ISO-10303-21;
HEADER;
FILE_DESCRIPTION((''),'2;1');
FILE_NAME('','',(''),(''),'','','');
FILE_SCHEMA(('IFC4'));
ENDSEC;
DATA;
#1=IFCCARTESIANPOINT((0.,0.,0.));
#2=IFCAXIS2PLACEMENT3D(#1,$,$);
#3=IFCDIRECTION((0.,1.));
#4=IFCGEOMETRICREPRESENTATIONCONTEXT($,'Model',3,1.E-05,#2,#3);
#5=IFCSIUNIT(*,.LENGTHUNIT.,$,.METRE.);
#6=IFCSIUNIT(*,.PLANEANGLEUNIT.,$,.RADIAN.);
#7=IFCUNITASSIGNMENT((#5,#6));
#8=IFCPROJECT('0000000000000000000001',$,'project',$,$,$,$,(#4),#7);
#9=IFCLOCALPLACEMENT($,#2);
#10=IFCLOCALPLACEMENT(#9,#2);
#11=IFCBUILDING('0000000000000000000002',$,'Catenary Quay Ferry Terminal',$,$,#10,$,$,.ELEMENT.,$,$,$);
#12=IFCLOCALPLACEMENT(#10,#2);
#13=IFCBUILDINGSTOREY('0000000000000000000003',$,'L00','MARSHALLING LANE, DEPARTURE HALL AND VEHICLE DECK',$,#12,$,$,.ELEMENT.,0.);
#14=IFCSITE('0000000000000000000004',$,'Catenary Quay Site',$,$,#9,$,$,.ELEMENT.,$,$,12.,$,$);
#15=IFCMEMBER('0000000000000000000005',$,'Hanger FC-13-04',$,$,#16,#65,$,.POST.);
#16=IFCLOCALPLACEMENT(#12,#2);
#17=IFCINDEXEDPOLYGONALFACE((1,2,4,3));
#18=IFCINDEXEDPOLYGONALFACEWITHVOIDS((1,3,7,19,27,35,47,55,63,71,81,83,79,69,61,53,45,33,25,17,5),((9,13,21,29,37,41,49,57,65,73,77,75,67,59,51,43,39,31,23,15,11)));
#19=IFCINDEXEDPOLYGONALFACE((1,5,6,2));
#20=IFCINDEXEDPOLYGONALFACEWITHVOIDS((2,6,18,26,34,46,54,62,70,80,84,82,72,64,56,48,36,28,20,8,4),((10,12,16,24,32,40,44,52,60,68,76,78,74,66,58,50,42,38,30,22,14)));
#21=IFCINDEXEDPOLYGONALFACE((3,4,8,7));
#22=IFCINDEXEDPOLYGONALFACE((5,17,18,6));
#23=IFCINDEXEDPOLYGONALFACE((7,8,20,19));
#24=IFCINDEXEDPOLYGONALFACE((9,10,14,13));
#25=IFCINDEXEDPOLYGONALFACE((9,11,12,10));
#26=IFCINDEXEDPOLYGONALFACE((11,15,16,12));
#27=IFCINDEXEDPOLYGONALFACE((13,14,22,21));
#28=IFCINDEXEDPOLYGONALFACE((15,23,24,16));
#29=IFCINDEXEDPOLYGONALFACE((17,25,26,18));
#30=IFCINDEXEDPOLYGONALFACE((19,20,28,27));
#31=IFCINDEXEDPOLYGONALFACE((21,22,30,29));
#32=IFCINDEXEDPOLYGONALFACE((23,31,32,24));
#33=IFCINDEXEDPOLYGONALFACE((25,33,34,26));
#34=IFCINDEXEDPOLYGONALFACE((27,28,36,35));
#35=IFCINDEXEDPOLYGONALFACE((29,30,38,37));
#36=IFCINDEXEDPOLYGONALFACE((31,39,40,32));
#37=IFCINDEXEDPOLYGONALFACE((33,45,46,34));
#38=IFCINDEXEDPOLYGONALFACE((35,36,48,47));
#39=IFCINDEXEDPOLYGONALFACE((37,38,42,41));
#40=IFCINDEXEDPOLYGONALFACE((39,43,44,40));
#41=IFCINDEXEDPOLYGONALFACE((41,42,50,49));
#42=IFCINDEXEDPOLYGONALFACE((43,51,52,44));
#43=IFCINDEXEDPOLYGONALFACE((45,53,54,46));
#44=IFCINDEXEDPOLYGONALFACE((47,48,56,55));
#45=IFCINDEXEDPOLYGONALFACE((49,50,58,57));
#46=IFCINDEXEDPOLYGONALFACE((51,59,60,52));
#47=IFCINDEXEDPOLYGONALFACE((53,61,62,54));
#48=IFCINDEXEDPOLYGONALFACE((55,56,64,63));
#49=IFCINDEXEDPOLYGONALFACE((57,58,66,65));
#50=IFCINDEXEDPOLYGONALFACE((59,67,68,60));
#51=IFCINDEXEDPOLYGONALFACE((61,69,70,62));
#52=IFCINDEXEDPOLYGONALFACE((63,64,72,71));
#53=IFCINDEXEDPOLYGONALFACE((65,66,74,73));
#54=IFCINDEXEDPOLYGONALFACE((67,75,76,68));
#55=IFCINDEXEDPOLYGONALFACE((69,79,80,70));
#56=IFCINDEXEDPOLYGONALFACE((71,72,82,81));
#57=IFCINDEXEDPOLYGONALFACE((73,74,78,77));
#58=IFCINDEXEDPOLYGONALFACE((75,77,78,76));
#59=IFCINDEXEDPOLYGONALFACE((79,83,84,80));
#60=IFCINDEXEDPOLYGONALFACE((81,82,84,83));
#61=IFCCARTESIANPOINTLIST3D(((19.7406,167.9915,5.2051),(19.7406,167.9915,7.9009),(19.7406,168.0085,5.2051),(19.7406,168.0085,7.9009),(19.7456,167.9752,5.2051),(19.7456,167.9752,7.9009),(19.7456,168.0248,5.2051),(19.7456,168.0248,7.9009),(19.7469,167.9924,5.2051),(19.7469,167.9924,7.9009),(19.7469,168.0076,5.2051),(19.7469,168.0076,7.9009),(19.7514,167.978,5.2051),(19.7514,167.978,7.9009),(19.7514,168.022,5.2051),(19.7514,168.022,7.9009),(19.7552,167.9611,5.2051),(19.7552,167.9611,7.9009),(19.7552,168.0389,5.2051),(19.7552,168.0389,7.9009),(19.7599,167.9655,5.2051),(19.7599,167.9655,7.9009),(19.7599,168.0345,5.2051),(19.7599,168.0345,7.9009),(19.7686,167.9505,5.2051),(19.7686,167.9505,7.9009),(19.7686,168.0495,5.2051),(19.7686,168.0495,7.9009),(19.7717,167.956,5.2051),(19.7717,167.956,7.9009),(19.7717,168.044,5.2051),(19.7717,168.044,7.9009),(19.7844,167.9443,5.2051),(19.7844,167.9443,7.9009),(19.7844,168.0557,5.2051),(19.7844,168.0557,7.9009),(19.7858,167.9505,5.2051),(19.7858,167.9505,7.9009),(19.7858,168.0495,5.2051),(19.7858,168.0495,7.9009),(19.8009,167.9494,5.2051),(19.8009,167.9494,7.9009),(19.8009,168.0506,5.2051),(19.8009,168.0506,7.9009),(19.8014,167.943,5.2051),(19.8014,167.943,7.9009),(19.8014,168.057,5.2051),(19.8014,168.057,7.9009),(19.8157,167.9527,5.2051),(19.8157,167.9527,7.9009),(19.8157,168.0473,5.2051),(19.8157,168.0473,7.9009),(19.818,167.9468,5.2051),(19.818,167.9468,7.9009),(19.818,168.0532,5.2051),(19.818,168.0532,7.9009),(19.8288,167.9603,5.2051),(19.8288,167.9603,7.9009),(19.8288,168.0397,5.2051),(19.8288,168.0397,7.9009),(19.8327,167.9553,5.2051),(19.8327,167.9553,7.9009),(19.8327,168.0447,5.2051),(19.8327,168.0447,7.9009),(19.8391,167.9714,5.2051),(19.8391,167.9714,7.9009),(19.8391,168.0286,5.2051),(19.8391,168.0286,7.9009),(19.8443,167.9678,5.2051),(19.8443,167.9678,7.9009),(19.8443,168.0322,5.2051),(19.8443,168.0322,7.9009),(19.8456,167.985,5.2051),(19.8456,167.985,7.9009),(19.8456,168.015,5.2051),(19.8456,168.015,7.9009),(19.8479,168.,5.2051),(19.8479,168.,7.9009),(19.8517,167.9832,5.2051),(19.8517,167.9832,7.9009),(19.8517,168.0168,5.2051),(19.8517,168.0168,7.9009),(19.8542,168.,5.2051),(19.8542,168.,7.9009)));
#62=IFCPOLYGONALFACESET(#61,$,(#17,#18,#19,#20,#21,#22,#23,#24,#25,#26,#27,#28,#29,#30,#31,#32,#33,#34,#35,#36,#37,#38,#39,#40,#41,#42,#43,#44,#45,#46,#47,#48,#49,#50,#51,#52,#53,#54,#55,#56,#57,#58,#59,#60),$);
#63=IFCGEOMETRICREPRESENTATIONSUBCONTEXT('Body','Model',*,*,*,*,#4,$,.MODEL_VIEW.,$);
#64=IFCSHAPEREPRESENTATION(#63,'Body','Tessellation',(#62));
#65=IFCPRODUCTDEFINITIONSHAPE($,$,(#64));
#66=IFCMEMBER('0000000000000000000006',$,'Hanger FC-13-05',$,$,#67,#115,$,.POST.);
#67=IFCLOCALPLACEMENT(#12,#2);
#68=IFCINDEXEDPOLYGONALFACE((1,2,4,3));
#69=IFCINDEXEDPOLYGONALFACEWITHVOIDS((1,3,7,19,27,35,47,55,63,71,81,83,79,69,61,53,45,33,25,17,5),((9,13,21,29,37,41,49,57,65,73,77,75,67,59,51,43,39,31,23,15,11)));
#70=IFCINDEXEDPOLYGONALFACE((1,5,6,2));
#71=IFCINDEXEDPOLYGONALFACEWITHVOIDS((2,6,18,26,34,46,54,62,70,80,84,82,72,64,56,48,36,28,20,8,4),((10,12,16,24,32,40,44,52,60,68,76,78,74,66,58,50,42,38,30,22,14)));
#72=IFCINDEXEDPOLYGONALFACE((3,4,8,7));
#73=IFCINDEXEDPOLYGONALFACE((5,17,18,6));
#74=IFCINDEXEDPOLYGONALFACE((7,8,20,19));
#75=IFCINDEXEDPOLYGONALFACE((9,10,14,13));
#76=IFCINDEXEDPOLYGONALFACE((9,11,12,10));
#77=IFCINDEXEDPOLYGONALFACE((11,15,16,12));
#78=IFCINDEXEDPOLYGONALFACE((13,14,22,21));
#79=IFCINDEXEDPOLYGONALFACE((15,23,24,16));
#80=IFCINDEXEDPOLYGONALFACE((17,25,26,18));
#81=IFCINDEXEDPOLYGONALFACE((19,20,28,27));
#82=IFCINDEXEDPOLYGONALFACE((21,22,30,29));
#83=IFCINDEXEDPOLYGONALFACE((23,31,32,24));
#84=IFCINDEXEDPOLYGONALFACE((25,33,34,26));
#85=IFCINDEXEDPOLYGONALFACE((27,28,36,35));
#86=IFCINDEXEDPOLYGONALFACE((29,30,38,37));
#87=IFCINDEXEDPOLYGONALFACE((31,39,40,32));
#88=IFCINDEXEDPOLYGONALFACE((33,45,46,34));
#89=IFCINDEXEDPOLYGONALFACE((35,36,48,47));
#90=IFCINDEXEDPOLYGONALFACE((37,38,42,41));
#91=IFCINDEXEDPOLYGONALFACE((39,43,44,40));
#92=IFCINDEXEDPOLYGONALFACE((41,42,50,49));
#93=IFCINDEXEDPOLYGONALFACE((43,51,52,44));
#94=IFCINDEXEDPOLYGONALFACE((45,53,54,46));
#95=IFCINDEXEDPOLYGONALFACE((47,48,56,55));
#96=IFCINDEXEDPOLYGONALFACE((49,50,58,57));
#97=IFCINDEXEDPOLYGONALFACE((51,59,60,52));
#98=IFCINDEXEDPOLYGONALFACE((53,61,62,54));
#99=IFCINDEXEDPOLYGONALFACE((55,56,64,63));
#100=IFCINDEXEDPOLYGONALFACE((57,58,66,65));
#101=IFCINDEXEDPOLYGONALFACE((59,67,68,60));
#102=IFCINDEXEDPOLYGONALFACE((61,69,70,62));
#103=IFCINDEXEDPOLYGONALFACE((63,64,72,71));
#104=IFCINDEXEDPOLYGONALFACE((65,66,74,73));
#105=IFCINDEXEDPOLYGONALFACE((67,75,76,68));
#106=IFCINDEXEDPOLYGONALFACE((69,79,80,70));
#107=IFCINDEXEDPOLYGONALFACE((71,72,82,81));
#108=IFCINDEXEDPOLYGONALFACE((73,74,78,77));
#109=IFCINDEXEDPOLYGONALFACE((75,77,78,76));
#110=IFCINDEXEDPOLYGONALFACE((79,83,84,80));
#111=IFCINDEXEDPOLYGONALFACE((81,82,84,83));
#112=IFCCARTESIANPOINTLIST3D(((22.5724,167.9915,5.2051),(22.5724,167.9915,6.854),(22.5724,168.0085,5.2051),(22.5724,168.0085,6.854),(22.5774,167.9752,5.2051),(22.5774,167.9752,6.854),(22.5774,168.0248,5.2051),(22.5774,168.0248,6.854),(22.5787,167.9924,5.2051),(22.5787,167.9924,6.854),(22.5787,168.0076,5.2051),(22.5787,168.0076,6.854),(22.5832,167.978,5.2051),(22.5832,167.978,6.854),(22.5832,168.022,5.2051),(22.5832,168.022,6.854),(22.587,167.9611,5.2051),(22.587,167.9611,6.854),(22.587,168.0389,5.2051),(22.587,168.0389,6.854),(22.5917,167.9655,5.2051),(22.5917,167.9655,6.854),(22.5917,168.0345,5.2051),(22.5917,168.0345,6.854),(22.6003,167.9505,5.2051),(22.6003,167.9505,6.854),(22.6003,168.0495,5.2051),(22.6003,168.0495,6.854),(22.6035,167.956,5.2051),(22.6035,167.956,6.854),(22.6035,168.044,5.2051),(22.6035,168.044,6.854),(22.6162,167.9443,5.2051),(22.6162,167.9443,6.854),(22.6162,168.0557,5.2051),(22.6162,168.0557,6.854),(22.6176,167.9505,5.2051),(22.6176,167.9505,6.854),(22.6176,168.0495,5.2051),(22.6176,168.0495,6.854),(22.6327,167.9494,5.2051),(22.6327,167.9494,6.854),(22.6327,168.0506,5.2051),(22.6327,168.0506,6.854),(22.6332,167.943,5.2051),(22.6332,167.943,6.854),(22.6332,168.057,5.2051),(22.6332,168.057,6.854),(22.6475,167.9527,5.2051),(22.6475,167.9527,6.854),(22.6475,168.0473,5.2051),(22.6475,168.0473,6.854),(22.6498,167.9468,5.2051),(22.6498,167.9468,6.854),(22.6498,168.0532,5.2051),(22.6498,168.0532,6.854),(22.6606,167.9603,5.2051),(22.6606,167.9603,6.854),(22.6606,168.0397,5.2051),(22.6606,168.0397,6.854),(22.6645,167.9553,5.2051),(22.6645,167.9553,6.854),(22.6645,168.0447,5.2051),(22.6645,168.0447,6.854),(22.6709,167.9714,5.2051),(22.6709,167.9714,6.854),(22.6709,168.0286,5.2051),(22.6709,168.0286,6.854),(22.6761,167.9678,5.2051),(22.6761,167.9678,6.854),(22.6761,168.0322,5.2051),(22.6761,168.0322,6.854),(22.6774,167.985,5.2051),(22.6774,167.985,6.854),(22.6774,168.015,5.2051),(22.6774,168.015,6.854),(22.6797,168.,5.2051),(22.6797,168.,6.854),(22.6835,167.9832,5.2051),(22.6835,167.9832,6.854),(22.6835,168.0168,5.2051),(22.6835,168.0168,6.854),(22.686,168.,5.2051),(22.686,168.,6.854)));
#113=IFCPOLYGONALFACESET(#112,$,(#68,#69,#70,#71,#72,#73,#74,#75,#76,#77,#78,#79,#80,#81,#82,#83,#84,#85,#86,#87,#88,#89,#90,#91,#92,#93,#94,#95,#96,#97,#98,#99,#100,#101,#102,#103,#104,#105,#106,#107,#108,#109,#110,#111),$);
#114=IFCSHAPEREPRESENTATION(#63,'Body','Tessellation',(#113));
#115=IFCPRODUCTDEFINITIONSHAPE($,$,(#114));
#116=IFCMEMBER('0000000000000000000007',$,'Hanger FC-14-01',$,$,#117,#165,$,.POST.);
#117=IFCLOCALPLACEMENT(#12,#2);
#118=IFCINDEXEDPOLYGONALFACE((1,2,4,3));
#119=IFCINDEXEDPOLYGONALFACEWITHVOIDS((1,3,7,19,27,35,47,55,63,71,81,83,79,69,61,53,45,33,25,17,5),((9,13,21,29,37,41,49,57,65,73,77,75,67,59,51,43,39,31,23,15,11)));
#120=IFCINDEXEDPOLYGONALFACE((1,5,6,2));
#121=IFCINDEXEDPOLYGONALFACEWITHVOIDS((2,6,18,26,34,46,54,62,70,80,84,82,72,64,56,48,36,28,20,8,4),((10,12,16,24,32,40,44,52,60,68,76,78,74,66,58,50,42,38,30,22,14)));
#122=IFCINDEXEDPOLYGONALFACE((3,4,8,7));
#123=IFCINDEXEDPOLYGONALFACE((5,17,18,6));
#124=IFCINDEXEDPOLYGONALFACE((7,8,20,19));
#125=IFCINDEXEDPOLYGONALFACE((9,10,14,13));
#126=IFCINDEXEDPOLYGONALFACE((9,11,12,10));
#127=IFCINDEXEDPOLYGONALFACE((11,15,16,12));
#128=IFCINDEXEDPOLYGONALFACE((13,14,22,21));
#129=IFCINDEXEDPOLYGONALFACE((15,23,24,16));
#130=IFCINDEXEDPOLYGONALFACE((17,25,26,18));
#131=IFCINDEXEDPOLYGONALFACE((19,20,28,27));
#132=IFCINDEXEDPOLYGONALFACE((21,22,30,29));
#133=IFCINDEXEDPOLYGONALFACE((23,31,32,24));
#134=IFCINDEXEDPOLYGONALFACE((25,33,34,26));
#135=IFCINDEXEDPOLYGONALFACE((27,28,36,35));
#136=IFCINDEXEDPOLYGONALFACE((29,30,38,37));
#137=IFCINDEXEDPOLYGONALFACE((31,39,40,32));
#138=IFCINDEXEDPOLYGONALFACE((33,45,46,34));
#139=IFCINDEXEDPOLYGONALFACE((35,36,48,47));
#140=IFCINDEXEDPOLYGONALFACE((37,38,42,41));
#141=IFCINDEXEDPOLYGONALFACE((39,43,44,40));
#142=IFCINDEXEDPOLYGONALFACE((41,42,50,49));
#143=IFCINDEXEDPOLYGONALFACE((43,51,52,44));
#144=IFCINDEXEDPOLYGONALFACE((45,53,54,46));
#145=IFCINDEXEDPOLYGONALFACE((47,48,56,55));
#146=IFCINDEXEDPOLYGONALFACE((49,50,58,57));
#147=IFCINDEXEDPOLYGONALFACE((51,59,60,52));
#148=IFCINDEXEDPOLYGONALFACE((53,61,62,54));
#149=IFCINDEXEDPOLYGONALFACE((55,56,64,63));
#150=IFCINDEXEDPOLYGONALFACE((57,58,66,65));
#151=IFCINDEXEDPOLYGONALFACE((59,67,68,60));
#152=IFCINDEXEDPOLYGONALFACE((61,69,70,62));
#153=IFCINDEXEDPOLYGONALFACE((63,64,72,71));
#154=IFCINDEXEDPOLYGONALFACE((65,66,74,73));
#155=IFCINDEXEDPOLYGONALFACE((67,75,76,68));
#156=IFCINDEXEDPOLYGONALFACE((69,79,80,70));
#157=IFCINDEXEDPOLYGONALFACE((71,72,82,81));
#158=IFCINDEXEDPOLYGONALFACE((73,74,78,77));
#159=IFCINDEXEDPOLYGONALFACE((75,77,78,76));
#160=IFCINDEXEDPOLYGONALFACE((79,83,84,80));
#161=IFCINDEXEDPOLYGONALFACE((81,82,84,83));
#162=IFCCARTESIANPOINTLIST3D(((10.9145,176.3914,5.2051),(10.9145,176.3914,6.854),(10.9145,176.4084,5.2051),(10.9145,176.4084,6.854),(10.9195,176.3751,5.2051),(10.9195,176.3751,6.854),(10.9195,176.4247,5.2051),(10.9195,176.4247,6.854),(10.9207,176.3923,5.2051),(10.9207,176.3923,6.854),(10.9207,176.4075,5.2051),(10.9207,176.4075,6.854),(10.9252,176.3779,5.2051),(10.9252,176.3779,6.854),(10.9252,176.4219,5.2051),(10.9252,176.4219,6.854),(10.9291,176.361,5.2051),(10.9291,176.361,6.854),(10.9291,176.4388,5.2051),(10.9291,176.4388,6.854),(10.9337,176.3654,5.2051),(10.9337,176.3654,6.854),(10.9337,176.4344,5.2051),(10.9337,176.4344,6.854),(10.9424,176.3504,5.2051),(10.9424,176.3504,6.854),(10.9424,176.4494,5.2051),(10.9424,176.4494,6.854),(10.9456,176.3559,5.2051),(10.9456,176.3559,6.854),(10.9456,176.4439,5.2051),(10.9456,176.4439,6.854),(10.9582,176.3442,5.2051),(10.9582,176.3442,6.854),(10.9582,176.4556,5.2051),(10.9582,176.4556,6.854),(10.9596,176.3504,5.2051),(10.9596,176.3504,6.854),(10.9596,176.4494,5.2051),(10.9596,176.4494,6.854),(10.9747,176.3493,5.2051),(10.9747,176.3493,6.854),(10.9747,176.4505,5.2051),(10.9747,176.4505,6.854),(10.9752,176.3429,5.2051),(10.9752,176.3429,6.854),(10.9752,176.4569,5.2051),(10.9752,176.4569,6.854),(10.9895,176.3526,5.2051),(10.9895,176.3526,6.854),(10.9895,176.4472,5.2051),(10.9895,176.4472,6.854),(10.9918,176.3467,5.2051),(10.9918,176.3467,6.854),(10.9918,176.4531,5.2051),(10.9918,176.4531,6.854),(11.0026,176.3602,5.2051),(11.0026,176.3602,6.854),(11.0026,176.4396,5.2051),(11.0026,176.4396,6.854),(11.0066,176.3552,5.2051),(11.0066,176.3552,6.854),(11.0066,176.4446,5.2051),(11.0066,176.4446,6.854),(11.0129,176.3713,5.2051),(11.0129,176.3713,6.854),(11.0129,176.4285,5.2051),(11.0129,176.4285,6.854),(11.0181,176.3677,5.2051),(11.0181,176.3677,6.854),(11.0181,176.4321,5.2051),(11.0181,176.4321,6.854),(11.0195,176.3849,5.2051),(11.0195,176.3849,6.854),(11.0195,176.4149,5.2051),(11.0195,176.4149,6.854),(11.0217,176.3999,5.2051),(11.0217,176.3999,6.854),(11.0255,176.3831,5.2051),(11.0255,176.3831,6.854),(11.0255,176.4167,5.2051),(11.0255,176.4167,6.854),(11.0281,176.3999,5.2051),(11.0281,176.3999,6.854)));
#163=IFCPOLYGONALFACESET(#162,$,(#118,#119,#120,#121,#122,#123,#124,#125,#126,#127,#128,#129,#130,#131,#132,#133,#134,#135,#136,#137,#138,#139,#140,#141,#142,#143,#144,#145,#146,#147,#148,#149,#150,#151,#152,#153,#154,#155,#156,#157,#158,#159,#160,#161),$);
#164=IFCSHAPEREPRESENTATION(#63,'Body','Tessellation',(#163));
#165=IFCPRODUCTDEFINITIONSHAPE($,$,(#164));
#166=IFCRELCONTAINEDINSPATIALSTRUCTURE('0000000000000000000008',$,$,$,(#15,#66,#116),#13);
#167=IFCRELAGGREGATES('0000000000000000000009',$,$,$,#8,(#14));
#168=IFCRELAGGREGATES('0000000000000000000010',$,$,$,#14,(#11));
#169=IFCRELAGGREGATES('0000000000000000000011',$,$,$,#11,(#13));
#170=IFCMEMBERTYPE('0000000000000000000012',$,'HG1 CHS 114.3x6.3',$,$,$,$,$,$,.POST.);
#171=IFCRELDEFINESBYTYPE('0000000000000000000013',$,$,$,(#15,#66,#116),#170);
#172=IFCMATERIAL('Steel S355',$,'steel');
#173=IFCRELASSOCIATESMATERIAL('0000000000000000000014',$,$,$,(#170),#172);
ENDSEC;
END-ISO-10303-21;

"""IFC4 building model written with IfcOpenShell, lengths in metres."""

from ifc_helpers import new_model, si_unit, direction, frame, origin, origin_2d, place, context, subcontext, project, spatial, hollow_circle, extrude, material, material_profile, profile_set, type_object, element, save


model = new_model("IFC4")

# Units and contexts
model_context = context("Model", 3, precision=1e-05, world=origin(), true_north=direction((0.0, 1.0)))
body_context = subcontext(model_context, "Body", "Model", "MODEL_VIEW")
ifc_project = project(units=[si_unit("LENGTHUNIT", "METRE"), si_unit("PLANEANGLEUNIT", "RADIAN")], contexts=[model_context])

# Site, building, storey
site_placement = place(None, origin())
site = spatial("IfcSite", under=ifc_project, at=site_placement, Name="Catenary Quay Site", CompositionType="ELEMENT", RefElevation=12.0)
building_placement = place(site_placement, origin())
building = spatial("IfcBuilding", under=site, at=building_placement, Name="Catenary Quay Ferry Terminal", CompositionType="ELEMENT")
storey_placement = place(building_placement, origin())
storey = spatial("IfcBuildingStorey", under=building, at=storey_placement, Name="L00", Description="MARSHALLING LANE, DEPARTURE HALL AND VEHICLE DECK", CompositionType="ELEMENT", Elevation=0.0)

# Members
ifc_material_1 = material(Name="Steel S355", Category="steel")
ifc_material_profile_1 = material_profile(ifc_material_1, hollow_circle(Radius=0.0571, WallThickness=0.0063, at=origin_2d()), Name="CHS 114.3x6.3")
ifc_profile_set_1 = profile_set([ifc_material_profile_1], Name="Steel S355")
member_type_1 = type_object("IfcMemberType", Name="HG1 CHS 114.3x6.3", PredefinedType="POST", material=ifc_profile_set_1)
member_1_placement = place(storey_placement, frame((19.7971, 168.0, 5.2051), z_axis=(0.0, 0.0, 1.0), x_axis=(1.0, 0.0, 0.0)))
element("IfcMember", 1, at=member_1_placement, inside=storey, type_object=member_type_1, Name="Hanger FC-13-04", PredefinedType="POST", context=body_context, shape_type="SweptSolid", body=[
    extrude(hollow_circle(Radius=0.0571, WallThickness=0.0063, at=origin_2d()), origin(), (0.0, 0.0, 1.0), 2.6958),
])
for number, where, z_axis, x_axis, name in (
    (2, (22.6289, 168.0, 5.2051), (0.0, 0.0, 1.0), (1.0, 0.0, 0.0), "Hanger FC-13-05"),
    (3, (10.9709, 176.3999, 5.2051), (0.0, 0.0, 1.0), (1.0, 0.0, 0.0), "Hanger FC-14-01"),
):
    element("IfcMember", number, at=place(storey_placement, frame(where, z_axis=z_axis, x_axis=x_axis)), inside=storey, type_object=member_type_1, Name=name, PredefinedType="POST", context=body_context, shape_type="SweptSolid", body=[
        extrude(hollow_circle(Radius=0.0571, WallThickness=0.0063, at=origin_2d()), origin(), (0.0, 0.0, 1.0), 1.6489),
    ])

save(model, "model.ifc")
